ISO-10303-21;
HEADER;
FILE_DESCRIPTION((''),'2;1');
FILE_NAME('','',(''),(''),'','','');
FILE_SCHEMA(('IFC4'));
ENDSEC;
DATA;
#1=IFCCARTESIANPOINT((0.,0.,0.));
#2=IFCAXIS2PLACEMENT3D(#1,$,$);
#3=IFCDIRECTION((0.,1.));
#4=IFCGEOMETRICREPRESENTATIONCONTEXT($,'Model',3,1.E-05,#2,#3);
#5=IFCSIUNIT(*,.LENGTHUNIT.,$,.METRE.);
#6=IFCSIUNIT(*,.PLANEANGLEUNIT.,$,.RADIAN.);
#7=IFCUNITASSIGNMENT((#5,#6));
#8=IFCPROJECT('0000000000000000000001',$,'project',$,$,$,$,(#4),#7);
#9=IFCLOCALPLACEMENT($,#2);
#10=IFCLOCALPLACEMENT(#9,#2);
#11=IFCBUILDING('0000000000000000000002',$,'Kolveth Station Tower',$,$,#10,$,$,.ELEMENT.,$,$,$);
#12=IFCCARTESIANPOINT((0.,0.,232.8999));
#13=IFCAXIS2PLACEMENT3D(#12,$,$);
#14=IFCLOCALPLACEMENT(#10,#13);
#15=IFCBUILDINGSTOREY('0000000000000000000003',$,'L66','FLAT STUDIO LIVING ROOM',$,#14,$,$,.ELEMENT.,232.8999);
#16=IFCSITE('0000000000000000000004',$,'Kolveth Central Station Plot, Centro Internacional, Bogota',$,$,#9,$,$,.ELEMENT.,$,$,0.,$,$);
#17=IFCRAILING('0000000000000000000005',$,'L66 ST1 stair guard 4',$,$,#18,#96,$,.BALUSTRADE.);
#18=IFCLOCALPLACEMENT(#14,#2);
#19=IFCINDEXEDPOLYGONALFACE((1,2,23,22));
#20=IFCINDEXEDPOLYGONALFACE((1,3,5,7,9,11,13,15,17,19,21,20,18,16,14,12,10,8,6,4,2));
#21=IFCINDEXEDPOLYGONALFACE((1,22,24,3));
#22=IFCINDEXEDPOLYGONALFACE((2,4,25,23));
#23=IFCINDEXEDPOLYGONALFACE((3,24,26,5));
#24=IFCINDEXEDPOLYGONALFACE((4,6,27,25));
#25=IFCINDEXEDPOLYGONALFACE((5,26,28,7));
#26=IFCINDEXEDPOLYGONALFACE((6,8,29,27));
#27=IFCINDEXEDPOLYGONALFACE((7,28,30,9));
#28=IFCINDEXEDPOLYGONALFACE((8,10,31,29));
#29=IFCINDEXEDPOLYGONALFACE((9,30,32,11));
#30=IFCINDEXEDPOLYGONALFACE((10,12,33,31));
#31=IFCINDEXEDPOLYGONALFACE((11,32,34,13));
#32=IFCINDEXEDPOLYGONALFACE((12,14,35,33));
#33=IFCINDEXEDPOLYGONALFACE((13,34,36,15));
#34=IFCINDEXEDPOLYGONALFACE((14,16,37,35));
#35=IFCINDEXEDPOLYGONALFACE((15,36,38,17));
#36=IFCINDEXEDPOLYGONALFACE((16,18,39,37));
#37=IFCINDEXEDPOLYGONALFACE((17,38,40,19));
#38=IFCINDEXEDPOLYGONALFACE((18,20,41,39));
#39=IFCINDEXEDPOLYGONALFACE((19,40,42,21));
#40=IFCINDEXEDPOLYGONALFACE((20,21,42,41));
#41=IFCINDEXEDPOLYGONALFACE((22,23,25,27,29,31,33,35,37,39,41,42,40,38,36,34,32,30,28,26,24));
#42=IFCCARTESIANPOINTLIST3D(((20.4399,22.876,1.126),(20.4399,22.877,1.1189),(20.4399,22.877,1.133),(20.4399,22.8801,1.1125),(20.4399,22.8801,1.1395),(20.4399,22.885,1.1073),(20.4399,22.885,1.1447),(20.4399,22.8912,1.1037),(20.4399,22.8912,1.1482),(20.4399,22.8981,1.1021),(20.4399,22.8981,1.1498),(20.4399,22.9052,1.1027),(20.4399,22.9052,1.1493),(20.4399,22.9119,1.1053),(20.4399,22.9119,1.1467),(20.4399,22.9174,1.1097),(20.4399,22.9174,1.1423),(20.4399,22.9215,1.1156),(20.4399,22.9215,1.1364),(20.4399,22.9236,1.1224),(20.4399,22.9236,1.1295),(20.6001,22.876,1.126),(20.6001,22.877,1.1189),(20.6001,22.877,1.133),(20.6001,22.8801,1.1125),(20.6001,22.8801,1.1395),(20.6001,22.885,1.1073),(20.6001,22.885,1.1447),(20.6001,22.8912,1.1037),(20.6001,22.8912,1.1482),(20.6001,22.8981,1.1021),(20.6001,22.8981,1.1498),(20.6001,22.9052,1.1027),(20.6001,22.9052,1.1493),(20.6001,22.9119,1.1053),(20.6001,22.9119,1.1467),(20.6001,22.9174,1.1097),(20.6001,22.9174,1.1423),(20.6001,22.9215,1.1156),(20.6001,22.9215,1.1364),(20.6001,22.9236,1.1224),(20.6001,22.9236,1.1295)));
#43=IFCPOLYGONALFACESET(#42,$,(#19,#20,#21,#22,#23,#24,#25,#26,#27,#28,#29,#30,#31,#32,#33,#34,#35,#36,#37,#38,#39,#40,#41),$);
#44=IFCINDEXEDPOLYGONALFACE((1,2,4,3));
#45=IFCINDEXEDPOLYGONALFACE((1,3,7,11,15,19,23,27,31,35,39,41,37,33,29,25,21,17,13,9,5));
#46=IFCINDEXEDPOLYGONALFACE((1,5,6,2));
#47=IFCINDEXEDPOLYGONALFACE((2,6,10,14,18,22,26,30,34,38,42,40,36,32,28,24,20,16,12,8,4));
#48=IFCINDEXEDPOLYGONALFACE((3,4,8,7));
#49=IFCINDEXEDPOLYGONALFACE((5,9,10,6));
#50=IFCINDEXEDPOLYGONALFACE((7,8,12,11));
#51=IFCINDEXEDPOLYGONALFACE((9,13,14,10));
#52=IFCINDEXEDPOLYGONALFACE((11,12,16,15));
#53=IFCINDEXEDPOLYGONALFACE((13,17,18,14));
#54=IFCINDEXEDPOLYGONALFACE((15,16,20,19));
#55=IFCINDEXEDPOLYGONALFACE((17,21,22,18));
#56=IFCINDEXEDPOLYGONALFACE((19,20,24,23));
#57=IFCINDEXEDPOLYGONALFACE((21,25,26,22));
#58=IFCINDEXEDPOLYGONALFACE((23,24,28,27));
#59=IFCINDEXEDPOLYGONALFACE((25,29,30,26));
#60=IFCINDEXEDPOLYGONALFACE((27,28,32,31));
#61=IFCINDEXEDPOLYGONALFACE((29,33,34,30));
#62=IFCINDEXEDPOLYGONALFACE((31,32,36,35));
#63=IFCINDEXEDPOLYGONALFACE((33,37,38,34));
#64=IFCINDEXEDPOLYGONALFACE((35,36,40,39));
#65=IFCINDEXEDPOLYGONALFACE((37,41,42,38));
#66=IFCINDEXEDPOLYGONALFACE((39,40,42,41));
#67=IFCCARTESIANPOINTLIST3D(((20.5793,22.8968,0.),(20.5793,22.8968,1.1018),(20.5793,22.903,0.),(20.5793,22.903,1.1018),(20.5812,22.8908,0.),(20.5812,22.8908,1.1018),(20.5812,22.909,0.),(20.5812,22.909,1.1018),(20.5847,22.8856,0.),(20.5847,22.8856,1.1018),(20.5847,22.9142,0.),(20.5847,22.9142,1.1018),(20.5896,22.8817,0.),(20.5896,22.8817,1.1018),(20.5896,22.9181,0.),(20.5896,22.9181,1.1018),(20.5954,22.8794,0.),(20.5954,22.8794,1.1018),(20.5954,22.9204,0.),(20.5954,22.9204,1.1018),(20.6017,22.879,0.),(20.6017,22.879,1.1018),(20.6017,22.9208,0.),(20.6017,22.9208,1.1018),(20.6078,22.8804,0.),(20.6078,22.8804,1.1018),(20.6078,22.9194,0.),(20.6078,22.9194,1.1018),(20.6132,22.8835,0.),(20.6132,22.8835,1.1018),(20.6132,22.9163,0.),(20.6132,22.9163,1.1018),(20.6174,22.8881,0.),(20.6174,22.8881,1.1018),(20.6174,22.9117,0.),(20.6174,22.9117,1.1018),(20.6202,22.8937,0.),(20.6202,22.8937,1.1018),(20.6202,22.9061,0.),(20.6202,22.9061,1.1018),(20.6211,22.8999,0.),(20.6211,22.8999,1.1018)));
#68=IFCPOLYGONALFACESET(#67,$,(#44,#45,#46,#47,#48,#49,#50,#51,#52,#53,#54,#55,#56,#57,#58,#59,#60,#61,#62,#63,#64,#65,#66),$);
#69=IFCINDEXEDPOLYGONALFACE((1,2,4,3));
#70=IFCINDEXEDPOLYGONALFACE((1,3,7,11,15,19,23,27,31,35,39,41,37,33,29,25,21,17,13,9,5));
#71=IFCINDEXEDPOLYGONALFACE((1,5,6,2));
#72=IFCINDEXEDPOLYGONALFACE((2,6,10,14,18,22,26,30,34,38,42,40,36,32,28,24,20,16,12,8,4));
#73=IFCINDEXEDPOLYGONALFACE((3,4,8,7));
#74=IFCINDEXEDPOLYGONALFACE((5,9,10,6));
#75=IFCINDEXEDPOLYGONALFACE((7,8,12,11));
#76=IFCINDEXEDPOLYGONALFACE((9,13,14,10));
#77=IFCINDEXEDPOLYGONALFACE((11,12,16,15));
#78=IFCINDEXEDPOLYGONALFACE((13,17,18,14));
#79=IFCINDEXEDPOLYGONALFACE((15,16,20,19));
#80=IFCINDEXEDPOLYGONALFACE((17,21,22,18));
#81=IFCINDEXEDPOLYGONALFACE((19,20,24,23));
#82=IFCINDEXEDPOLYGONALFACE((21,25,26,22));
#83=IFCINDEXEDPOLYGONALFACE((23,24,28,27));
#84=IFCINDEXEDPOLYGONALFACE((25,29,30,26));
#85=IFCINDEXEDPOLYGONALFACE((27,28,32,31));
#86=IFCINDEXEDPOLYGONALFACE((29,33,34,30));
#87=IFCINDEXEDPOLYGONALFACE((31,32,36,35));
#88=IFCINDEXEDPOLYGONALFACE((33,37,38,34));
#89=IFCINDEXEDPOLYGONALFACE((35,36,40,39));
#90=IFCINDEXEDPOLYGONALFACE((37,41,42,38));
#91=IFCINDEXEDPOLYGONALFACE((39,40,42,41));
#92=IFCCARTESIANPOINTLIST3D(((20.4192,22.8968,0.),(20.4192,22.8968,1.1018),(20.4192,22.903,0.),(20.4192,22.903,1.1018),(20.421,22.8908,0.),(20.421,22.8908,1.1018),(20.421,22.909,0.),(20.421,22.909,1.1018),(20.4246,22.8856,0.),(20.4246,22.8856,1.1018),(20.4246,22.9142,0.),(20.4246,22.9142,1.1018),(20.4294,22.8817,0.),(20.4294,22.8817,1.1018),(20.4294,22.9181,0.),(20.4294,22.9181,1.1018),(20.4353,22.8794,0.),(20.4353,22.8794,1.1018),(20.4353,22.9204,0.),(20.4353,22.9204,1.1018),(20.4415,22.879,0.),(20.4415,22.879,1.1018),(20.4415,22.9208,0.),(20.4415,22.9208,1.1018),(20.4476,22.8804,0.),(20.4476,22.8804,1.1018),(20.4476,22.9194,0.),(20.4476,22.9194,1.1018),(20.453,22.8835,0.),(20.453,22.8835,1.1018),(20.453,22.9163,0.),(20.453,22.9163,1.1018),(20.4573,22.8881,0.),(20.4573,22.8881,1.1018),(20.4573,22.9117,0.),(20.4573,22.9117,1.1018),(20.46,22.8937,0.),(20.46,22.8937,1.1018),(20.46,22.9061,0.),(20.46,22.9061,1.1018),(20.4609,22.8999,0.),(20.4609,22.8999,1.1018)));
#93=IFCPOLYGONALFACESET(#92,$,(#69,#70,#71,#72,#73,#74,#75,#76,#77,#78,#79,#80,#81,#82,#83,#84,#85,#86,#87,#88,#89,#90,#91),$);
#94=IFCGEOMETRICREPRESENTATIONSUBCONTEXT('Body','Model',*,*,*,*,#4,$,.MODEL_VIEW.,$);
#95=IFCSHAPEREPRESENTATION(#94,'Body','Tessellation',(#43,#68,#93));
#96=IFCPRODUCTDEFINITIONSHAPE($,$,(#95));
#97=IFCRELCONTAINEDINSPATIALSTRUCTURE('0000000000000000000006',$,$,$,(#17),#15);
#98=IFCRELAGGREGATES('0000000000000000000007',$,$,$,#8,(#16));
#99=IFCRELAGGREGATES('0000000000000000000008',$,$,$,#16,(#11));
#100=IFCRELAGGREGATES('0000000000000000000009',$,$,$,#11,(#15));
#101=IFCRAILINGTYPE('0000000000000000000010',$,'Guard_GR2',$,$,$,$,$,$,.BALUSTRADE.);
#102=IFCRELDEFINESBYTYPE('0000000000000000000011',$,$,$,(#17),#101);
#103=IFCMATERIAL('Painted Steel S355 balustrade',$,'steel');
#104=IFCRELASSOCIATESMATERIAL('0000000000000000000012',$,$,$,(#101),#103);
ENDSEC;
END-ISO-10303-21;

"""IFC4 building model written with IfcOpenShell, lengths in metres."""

from ifc_helpers import new_model, si_unit, direction, frame, origin, origin_2d, place, context, subcontext, project, spatial, circle, extrude, material, type_object, element, save


model = new_model("IFC4")

# Units and contexts
model_context = context("Model", 3, precision=1e-05, world=origin(), true_north=direction((0.0, 1.0)))
body_context = subcontext(model_context, "Body", "Model", "MODEL_VIEW")
ifc_project = project(units=[si_unit("LENGTHUNIT", "METRE"), si_unit("PLANEANGLEUNIT", "RADIAN")], contexts=[model_context])

# Site, building, storey
site_placement = place(None, origin())
site = spatial("IfcSite", under=ifc_project, at=site_placement, Name="Kolveth Central Station Plot, Centro Internacional, Bogota", CompositionType="ELEMENT", RefElevation=0.0)
building_placement = place(site_placement, origin())
building = spatial("IfcBuilding", under=site, at=building_placement, Name="Kolveth Station Tower", CompositionType="ELEMENT")
storey_placement = place(building_placement, frame((0.0, 0.0, 232.8999)))
storey = spatial("IfcBuildingStorey", under=building, at=storey_placement, Name="L66", Description="FLAT STUDIO LIVING ROOM", CompositionType="ELEMENT", Elevation=232.8999)

# Railing
ifc_material_1 = material(Name="Painted Steel S355 balustrade", Category="steel")
railing_type_1 = type_object("IfcRailingType", Name="Guard_GR2", PredefinedType="BALUSTRADE", material=ifc_material_1)
railing_1_placement = place(storey_placement, frame((20.6001, 22.8999, 0.0)))
element("IfcRailing", 1, at=railing_1_placement, inside=storey, type_object=railing_type_1, Name="L66 ST1 stair guard 4", PredefinedType="BALUSTRADE", context=body_context, shape_type="SweptSolid", body=[
    extrude(circle(Radius=0.0239, at=origin_2d()), frame((0.0, 0.0, 1.126), z_axis=(-1.0, 0.0, 0.0), x_axis=(0.0, -1.0, 0.0)), (0.0, 0.0, 1.0), 0.1602),
    extrude(circle(Radius=0.021, at=origin_2d()), origin(), (0.0, 0.0, 1.0), 1.1018),
    extrude(circle(Radius=0.021, at=origin_2d()), frame((-0.1602, 0.0, 0.0)), (0.0, 0.0, 1.0), 1.1018),
])

save(model, "model.ifc")
